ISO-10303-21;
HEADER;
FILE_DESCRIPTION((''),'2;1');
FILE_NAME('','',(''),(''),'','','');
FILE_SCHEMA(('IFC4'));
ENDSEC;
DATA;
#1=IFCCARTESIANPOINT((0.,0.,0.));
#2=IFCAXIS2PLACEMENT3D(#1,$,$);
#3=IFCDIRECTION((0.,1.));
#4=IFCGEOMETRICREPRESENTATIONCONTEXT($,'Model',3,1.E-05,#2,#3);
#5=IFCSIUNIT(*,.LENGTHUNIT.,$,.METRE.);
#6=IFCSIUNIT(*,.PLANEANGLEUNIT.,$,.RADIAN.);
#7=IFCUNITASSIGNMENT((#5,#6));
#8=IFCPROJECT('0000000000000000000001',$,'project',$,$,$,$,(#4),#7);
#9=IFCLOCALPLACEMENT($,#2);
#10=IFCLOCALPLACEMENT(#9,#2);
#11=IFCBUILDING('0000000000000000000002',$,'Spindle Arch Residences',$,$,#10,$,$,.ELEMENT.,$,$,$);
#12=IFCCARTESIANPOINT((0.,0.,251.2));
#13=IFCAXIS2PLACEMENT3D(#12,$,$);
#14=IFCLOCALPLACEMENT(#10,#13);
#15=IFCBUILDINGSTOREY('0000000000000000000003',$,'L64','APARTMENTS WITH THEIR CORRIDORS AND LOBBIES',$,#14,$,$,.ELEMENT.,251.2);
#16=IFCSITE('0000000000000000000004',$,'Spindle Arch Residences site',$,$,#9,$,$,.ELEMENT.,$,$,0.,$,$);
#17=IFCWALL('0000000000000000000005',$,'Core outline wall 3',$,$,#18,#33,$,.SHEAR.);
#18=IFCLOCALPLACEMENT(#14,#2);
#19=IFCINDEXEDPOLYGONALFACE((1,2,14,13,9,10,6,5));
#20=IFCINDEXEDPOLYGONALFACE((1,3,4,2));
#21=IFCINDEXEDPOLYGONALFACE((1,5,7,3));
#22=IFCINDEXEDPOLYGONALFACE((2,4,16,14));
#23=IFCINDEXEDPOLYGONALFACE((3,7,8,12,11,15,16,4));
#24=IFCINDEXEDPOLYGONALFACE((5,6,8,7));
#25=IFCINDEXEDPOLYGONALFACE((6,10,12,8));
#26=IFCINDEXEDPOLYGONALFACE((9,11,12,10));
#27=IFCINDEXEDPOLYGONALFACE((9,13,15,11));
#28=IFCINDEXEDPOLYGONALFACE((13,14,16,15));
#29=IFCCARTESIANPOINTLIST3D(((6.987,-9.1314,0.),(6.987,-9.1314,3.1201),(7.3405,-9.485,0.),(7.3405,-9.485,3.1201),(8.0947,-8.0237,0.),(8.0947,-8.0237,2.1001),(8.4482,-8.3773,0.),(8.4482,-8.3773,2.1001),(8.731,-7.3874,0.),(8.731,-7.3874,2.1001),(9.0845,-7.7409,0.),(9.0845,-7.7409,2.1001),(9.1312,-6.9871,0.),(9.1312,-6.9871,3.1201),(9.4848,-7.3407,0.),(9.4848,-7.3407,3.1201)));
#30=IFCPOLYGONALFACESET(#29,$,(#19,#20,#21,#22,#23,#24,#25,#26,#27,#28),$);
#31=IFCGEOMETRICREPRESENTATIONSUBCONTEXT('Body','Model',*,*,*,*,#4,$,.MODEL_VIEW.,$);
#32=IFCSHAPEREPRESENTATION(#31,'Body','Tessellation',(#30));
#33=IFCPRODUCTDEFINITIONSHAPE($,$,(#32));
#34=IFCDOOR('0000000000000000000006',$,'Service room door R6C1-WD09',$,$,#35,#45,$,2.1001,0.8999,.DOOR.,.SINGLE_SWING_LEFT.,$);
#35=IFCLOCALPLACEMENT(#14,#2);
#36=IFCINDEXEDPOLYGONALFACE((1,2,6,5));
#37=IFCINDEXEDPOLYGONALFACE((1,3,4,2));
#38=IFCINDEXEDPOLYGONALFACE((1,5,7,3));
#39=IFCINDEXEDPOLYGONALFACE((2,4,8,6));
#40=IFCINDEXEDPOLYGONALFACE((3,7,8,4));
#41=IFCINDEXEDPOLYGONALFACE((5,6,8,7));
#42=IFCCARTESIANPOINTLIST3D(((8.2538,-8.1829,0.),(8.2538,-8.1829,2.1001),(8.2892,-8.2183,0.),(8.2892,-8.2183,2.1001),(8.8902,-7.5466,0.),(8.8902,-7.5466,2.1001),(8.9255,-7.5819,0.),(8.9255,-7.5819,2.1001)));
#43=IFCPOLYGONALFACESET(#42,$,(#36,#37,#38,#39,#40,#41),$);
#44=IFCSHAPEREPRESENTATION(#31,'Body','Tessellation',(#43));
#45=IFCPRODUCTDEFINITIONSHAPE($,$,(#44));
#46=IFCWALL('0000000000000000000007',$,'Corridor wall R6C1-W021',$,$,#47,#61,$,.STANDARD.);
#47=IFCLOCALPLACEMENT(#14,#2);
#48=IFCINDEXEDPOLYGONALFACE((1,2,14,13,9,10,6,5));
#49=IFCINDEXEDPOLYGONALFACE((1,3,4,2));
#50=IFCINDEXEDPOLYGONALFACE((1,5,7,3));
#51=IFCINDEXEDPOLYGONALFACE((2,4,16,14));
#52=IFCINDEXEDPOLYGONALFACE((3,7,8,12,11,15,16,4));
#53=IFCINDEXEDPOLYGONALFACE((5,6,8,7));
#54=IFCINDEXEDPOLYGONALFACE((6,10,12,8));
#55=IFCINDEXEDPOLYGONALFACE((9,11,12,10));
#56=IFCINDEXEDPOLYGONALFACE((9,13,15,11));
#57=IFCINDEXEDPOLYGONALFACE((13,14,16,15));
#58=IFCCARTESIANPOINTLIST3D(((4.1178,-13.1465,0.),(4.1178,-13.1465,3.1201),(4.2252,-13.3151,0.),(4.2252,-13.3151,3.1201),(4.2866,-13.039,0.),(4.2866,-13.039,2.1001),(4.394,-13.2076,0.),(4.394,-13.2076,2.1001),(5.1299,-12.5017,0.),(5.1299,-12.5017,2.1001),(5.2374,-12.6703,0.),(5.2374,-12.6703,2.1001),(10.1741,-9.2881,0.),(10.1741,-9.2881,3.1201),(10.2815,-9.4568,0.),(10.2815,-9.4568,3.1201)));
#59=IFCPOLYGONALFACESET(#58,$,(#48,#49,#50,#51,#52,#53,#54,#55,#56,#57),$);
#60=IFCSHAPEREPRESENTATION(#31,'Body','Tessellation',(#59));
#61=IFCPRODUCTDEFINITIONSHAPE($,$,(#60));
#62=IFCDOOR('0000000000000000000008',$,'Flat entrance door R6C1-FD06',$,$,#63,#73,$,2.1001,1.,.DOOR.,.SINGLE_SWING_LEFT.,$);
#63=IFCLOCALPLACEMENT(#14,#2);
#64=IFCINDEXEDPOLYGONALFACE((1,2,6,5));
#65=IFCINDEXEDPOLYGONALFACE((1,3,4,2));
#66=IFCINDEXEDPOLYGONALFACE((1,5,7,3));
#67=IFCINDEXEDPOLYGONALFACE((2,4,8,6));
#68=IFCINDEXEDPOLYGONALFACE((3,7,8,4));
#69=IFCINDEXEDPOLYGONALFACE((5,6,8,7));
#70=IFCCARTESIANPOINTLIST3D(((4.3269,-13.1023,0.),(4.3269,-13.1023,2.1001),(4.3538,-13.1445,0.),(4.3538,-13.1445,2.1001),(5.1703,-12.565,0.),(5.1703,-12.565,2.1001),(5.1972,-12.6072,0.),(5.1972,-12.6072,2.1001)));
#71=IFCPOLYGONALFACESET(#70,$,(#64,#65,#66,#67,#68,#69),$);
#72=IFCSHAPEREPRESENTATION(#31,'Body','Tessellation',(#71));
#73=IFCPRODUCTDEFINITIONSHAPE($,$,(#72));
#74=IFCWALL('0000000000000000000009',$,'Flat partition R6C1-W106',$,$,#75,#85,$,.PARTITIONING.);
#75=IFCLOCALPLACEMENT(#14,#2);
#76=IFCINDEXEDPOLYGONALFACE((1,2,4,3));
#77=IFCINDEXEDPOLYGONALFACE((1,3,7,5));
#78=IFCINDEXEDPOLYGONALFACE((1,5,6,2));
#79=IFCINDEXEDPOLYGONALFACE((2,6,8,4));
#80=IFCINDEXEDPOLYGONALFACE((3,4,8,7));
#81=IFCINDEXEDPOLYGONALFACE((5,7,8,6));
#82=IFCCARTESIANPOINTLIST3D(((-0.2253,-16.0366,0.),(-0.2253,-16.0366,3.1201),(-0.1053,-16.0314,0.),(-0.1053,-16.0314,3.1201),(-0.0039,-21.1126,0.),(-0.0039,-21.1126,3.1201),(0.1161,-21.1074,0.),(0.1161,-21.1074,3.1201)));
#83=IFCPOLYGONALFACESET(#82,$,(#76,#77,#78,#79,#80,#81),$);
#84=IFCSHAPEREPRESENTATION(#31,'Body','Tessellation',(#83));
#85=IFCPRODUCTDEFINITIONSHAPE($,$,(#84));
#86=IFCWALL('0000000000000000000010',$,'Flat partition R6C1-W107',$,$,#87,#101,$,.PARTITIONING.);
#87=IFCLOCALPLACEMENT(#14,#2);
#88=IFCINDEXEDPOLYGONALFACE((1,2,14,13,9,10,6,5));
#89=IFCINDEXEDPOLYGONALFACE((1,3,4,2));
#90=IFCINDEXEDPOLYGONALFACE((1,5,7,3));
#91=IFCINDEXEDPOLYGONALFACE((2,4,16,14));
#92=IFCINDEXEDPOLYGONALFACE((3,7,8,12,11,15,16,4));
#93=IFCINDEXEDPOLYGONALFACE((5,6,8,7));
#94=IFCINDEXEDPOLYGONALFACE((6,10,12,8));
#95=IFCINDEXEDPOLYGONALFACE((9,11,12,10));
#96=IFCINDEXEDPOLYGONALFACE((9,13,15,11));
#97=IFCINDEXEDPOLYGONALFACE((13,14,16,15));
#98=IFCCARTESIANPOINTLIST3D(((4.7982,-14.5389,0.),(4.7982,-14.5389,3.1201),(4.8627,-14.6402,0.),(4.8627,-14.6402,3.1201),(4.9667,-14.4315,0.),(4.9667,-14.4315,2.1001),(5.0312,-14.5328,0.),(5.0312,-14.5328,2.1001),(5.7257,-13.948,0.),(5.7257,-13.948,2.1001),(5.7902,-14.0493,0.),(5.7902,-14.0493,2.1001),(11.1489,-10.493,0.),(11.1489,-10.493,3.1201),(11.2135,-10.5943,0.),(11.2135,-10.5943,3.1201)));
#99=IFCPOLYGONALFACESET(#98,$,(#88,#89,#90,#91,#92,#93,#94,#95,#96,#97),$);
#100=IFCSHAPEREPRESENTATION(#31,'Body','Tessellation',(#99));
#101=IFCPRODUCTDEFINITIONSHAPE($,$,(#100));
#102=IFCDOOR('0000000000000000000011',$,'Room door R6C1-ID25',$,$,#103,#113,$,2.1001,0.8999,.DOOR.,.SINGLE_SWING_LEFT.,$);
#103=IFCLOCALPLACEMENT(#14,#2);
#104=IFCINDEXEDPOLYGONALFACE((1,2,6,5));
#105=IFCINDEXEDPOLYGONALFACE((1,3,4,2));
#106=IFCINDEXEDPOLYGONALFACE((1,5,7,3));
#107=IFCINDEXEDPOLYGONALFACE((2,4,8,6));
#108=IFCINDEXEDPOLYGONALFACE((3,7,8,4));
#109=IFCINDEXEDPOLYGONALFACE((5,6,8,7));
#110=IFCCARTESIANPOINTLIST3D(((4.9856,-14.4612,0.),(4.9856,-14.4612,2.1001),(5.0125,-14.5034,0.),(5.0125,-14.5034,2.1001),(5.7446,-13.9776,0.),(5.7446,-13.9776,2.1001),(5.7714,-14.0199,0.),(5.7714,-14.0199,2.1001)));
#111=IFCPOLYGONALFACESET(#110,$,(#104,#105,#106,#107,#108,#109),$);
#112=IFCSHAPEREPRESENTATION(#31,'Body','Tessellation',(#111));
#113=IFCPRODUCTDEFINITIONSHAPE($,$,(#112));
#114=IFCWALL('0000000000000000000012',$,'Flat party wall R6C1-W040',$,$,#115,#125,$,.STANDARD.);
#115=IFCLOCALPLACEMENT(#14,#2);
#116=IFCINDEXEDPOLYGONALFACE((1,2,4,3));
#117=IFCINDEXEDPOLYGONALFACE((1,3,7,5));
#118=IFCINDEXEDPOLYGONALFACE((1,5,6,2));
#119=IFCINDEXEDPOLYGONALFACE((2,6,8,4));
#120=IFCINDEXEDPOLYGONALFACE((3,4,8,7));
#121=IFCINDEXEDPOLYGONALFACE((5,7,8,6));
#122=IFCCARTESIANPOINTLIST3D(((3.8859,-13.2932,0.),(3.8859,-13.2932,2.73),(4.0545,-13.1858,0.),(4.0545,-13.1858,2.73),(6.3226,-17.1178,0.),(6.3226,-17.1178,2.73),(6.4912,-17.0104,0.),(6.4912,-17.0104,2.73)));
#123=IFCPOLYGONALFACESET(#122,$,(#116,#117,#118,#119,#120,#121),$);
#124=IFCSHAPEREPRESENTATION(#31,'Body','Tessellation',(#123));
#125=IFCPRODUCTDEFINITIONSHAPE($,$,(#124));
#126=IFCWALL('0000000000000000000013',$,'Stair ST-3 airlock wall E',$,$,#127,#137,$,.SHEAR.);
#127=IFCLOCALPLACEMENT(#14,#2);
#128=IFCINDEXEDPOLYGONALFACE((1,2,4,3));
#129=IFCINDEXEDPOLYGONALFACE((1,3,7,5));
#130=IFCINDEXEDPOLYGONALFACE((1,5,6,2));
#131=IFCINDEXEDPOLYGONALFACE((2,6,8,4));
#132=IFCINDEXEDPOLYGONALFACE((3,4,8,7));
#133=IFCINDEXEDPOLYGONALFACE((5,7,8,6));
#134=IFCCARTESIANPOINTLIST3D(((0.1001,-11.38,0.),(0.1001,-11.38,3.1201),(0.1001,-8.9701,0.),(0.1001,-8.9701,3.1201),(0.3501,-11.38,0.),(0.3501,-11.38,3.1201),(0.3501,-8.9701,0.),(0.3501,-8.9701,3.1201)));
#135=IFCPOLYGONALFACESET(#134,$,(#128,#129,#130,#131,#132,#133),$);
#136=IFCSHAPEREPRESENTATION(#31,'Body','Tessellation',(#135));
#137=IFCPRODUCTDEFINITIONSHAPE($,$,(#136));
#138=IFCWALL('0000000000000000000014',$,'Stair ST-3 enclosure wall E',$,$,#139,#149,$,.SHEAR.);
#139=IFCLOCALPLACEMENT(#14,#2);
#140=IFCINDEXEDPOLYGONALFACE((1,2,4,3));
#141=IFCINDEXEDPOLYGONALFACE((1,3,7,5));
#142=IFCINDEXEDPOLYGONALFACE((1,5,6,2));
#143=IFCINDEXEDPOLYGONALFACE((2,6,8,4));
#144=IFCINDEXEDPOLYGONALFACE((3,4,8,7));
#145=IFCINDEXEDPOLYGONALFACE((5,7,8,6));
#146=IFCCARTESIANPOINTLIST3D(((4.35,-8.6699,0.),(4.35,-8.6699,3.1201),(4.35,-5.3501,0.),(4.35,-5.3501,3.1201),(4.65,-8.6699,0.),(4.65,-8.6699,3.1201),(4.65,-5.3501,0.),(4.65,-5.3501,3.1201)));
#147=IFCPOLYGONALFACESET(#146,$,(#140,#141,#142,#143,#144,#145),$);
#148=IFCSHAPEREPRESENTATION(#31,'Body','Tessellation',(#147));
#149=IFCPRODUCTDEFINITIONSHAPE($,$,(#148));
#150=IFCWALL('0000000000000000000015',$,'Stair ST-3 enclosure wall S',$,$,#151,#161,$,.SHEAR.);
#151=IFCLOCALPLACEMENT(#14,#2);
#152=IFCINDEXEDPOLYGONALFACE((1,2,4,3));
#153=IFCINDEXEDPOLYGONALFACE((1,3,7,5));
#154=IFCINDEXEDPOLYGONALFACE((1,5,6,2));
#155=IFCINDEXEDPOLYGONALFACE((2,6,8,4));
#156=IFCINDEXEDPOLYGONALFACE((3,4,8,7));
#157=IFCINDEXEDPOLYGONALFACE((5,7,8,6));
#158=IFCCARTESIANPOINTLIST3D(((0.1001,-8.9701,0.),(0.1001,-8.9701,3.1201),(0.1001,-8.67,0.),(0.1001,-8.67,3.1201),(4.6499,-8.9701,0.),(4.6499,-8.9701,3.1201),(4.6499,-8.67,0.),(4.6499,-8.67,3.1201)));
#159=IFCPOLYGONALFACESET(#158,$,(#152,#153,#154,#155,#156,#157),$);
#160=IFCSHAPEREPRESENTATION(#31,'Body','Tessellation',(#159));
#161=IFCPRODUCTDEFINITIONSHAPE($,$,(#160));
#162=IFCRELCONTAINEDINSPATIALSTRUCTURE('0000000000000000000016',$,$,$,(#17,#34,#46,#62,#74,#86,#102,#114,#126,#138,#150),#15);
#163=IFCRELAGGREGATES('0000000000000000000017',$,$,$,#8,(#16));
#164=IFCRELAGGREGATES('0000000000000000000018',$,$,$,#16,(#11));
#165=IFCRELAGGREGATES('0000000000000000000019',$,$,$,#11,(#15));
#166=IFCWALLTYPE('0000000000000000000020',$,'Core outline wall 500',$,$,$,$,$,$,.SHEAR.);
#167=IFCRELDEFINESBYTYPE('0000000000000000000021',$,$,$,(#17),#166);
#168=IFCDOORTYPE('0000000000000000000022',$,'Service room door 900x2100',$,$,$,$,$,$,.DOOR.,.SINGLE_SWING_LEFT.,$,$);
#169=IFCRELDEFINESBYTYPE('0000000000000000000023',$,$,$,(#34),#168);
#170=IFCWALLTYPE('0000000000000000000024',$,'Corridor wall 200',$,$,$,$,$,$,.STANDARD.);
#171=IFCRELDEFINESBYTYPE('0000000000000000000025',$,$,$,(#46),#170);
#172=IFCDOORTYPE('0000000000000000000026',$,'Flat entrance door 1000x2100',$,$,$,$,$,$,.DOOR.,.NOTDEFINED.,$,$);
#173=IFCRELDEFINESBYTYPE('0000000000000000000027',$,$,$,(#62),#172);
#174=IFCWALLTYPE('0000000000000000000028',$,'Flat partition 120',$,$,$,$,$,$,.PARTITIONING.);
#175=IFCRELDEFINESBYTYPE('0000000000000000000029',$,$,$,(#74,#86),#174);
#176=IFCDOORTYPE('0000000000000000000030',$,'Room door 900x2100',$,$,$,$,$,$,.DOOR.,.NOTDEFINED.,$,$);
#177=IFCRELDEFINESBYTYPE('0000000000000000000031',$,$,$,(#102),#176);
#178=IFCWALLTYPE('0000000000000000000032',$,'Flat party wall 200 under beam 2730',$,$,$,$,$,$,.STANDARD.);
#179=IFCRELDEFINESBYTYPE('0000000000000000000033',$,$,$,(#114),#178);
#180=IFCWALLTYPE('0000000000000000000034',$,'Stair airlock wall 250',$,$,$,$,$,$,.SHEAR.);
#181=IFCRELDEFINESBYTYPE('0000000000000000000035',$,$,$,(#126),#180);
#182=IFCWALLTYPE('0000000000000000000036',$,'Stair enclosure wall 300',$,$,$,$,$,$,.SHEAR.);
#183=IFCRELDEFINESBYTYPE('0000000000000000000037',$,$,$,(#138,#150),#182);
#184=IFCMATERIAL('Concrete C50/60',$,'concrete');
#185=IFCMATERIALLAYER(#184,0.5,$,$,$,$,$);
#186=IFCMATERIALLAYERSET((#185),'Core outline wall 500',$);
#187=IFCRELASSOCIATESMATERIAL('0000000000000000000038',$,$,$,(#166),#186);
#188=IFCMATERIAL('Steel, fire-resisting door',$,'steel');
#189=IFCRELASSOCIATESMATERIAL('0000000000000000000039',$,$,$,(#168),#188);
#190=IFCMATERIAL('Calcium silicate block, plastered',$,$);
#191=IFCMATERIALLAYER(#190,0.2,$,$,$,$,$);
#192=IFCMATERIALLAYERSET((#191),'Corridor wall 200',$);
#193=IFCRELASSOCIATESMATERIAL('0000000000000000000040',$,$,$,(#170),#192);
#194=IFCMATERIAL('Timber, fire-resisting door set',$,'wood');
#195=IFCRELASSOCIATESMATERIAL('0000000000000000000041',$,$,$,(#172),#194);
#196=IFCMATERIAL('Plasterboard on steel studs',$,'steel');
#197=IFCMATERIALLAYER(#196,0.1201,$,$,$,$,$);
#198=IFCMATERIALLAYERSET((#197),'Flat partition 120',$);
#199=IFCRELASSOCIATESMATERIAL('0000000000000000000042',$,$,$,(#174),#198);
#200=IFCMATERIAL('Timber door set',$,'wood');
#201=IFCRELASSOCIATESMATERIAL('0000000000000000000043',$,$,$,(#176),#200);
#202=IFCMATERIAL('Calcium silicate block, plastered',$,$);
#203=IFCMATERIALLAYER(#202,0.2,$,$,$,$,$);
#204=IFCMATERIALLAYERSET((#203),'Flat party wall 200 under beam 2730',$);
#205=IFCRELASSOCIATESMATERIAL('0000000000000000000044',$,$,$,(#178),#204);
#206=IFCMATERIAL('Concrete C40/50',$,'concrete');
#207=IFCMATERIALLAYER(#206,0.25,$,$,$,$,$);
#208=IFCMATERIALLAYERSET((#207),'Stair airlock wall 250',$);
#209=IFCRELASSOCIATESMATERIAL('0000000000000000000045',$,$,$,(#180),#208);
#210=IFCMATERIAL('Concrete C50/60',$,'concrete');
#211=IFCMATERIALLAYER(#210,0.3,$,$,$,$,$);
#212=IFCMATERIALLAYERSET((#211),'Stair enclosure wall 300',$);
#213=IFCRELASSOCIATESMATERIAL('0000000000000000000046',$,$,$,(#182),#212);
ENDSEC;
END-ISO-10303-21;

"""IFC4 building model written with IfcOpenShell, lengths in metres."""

from ifc_helpers import new_model, si_unit, direction, frame, frame_2d, origin, place, context, subcontext, project, spatial, rectangle, extrude, material, layer, layer_set, type_object, element, fill, save


model = new_model("IFC4")

# Units and contexts
model_context = context("Model", 3, precision=1e-05, world=origin(), true_north=direction((0.0, 1.0)))
body_context = subcontext(model_context, "Body", "Model", "MODEL_VIEW")
ifc_project = project(units=[si_unit("LENGTHUNIT", "METRE"), si_unit("PLANEANGLEUNIT", "RADIAN")], contexts=[model_context])

# Site, building, storey
site_placement = place(None, origin())
site = spatial("IfcSite", under=ifc_project, at=site_placement, Name="Spindle Arch Residences site", CompositionType="ELEMENT", RefElevation=0.0)
building_placement = place(site_placement, origin())
building = spatial("IfcBuilding", under=site, at=building_placement, Name="Spindle Arch Residences", CompositionType="ELEMENT")
storey_placement = place(building_placement, frame((0.0, 0.0, 251.2)))
storey = spatial("IfcBuildingStorey", under=building, at=storey_placement, Name="L64", Description="APARTMENTS WITH THEIR CORRIDORS AND LOBBIES", CompositionType="ELEMENT", Elevation=251.2)

# Shared definitions
ifc_material_1 = material(Name="Concrete C50/60", Category="concrete")
ifc_layer_1 = layer(ifc_material_1, 0.5)
ifc_layer_set_1 = layer_set([ifc_layer_1], Name="Core outline wall 500")
wall_type_1 = type_object("IfcWallType", Name="Core outline wall 500", PredefinedType="SHEAR", material=ifc_layer_set_1)

# Walls, openings, doors
ifc_material_2 = material(Name="Steel, fire-resisting door", Category="steel")
door_type_1 = type_object("IfcDoorType", Name="Service room door 900x2100", OperationType="SINGLE_SWING_LEFT", PredefinedType="DOOR", material=ifc_material_2)
wall_1_placement = place(storey_placement, frame((7.1638, -9.3081, 0.0), z_axis=(0.0, 0.0, 1.0), x_axis=(0.707107, 0.707107, 0.0)))
wall_1 = element("IfcWall", 1, at=wall_1_placement, inside=storey, type_object=wall_type_1, Name="Core outline wall 3", PredefinedType="SHEAR", context=body_context, shape_type="SweptSolid", body=[
    extrude(rectangle(XDim=3.0325, YDim=0.5, at=frame_2d((1.5161, 0.0))), origin(), (0.0, 0.0, 1.0), 3.1201),
])
opening_1_placement = place(wall_1_placement, frame((1.5664, 0.0, 0.0)))
opening_1 = element("IfcOpeningElement", 2, at=opening_1_placement, cuts=wall_1, PredefinedType="OPENING", context=body_context, shape_type="SweptSolid", body=[
    extrude(rectangle(XDim=0.8999, YDim=2.1001, at=frame_2d((0.45, 1.05))), frame((0.0, 0.26, 0.0), z_axis=(0.0, -1.0, 0.0), x_axis=(1.0, 0.0, 0.0)), (0.0, 0.0, 1.0), 0.52),
])
door_1_placement = place(opening_1_placement, origin())
door_1 = element("IfcDoor", 3, at=door_1_placement, inside=storey, type_object=door_type_1, Name="Service room door R6C1-WD09", OperationType="SINGLE_SWING_LEFT", OverallHeight=2.1001, OverallWidth=0.8999, PredefinedType="DOOR", context=body_context, shape_type="SweptSolid", body=[
    extrude(rectangle(XDim=0.8999, YDim=2.1001, at=frame_2d((0.45, 1.05))), frame((0.0, 0.0249, 0.0), z_axis=(0.0, -1.0, 0.0), x_axis=(1.0, 0.0, 0.0)), (0.0, 0.0, 1.0), 0.05),
])
fill(opening_1, door_1)
ifc_material_3 = material(Name="Calcium silicate block, plastered")
ifc_layer_2 = layer(ifc_material_3, 0.2)
ifc_layer_set_2 = layer_set([ifc_layer_2], Name="Corridor wall 200")
wall_type_2 = type_object("IfcWallType", Name="Corridor wall 200", PredefinedType="STANDARD", material=ifc_layer_set_2)
wall_2_placement = place(storey_placement, frame((4.1716, -13.2307, 0.0), z_axis=(0.0, 0.0, 1.0), x_axis=(0.843388, 0.537304, 0.0)))
wall_2 = element("IfcWall", 4, at=wall_2_placement, inside=storey, type_object=wall_type_2, Name="Corridor wall R6C1-W021", PredefinedType="STANDARD", context=body_context, shape_type="SweptSolid", body=[
    extrude(rectangle(XDim=7.1809, YDim=0.2, at=frame_2d((3.5903, 0.0))), origin(), (0.0, 0.0, 1.0), 3.1201),
])
opening_2_placement = place(wall_2_placement, frame((0.2, 0.0, 0.0)))
opening_2 = element("IfcOpeningElement", 5, at=opening_2_placement, cuts=wall_2, PredefinedType="OPENING", context=body_context, shape_type="SweptSolid", body=[
    extrude(rectangle(XDim=1.0, YDim=2.1001, at=frame_2d((0.5, 1.05))), frame((0.0, 0.1099, 0.0), z_axis=(0.0, -1.0, 0.0), x_axis=(1.0, 0.0, 0.0)), (0.0, 0.0, 1.0), 0.22),
])
ifc_material_4 = material(Name="Timber, fire-resisting door set", Category="wood")
door_type_2 = type_object("IfcDoorType", Name="Flat entrance door 1000x2100", OperationType="NOTDEFINED", PredefinedType="DOOR", material=ifc_material_4)
door_2_placement = place(opening_2_placement, origin())
door_2 = element("IfcDoor", 6, at=door_2_placement, inside=storey, type_object=door_type_2, Name="Flat entrance door R6C1-FD06", OperationType="SINGLE_SWING_LEFT", OverallHeight=2.1001, OverallWidth=1.0, PredefinedType="DOOR", context=body_context, shape_type="SweptSolid", body=[
    extrude(rectangle(XDim=1.0, YDim=2.1001, at=frame_2d((0.5, 1.05))), frame((0.0, 0.0249, 0.0), z_axis=(0.0, -1.0, 0.0), x_axis=(1.0, 0.0, 0.0)), (0.0, 0.0, 1.0), 0.05),
])
fill(opening_2, door_2)

# Wall
ifc_material_5 = material(Name="Plasterboard on steel studs", Category="steel")
ifc_layer_3 = layer(ifc_material_5, 0.1201)
ifc_layer_set_3 = layer_set([ifc_layer_3], Name="Flat partition 120")
wall_type_3 = type_object("IfcWallType", Name="Flat partition 120", PredefinedType="PARTITIONING", material=ifc_layer_set_3)
wall_3_placement = place(storey_placement, frame((0.0562, -21.1101, 0.0), z_axis=(0.0, 0.0, 1.0), x_axis=(-0.043583, 0.99905, 0.0)))
element("IfcWall", 7, at=wall_3_placement, inside=storey, type_object=wall_type_3, Name="Flat partition R6C1-W106", PredefinedType="PARTITIONING", context=body_context, shape_type="SweptSolid", body=[
    extrude(rectangle(XDim=5.0808, YDim=0.1201, at=frame_2d((2.5405, 0.0))), origin(), (0.0, 0.0, 1.0), 3.1201),
])

# Wall, opening, door
wall_4_placement = place(storey_placement, frame((4.8303, -14.5896, 0.0), z_axis=(0.0, 0.0, 1.0), x_axis=(0.843393, 0.537297, 0.0)))
wall_4 = element("IfcWall", 8, at=wall_4_placement, inside=storey, type_object=wall_type_3, Name="Flat partition R6C1-W107", PredefinedType="PARTITIONING", context=body_context, shape_type="SweptSolid", body=[
    extrude(rectangle(XDim=7.53, YDim=0.1201, at=frame_2d((3.7651, 0.0))), origin(), (0.0, 0.0, 1.0), 3.1201),
])
opening_3_placement = place(wall_4_placement, frame((0.2, 0.0, 0.0)))
opening_3 = element("IfcOpeningElement", 9, at=opening_3_placement, cuts=wall_4, PredefinedType="OPENING", context=body_context, shape_type="SweptSolid", body=[
    extrude(rectangle(XDim=0.8999, YDim=2.1001, at=frame_2d((0.45, 1.05))), frame((0.0, 0.0701, 0.0), z_axis=(0.0, -1.0, 0.0), x_axis=(1.0, 0.0, 0.0)), (0.0, 0.0, 1.0), 0.1401),
])
ifc_material_6 = material(Name="Timber door set", Category="wood")
door_type_3 = type_object("IfcDoorType", Name="Room door 900x2100", OperationType="NOTDEFINED", PredefinedType="DOOR", material=ifc_material_6)
door_3_placement = place(opening_3_placement, origin())
door_3 = element("IfcDoor", 10, at=door_3_placement, inside=storey, type_object=door_type_3, Name="Room door R6C1-ID25", OperationType="SINGLE_SWING_LEFT", OverallHeight=2.1001, OverallWidth=0.8999, PredefinedType="DOOR", context=body_context, shape_type="SweptSolid", body=[
    extrude(rectangle(XDim=0.8999, YDim=2.1001, at=frame_2d((0.45, 1.05))), frame((0.0, 0.0249, 0.0), z_axis=(0.0, -1.0, 0.0), x_axis=(1.0, 0.0, 0.0)), (0.0, 0.0, 1.0), 0.05),
])
fill(opening_3, door_3)

# Walls
ifc_material_7 = material(Name="Calcium silicate block, plastered")
ifc_layer_4 = layer(ifc_material_7, 0.2)
ifc_layer_set_4 = layer_set([ifc_layer_4], Name="Flat party wall 200 under beam 2730")
wall_type_4 = type_object("IfcWallType", Name="Flat party wall 200 under beam 2730", PredefinedType="STANDARD", material=ifc_layer_set_4)
wall_5_placement = place(storey_placement, frame((6.407, -17.0642, 0.0), z_axis=(0.0, 0.0, 1.0), x_axis=(-0.537325, 0.843375, 0.0)))
element("IfcWall", 11, at=wall_5_placement, inside=storey, type_object=wall_type_4, Name="Flat party wall R6C1-W040", PredefinedType="STANDARD", context=body_context, shape_type="SweptSolid", body=[
    extrude(rectangle(XDim=4.5349, YDim=0.2, at=frame_2d((2.2676, 0.0))), origin(), (0.0, 0.0, 1.0), 2.73),
])
ifc_material_8 = material(Name="Concrete C40/50", Category="concrete")
ifc_layer_5 = layer(ifc_material_8, 0.25)
ifc_layer_set_5 = layer_set([ifc_layer_5], Name="Stair airlock wall 250")
wall_type_5 = type_object("IfcWallType", Name="Stair airlock wall 250", PredefinedType="SHEAR", material=ifc_layer_set_5)
wall_6_placement = place(storey_placement, frame((0.2251, -8.97, 0.0), z_axis=(0.0, 0.0, 1.0), x_axis=(0.0, -1.0, 0.0)))
element("IfcWall", 12, at=wall_6_placement, inside=storey, type_object=wall_type_5, Name="Stair ST-3 airlock wall E", PredefinedType="SHEAR", context=body_context, shape_type="SweptSolid", body=[
    extrude(rectangle(XDim=2.4099, YDim=0.25, at=frame_2d((1.2051, 0.0))), origin(), (0.0, 0.0, 1.0), 3.1201),
])
ifc_material_9 = material(Name="Concrete C50/60", Category="concrete")
ifc_layer_6 = layer(ifc_material_9, 0.3)
ifc_layer_set_6 = layer_set([ifc_layer_6], Name="Stair enclosure wall 300")
wall_type_6 = type_object("IfcWallType", Name="Stair enclosure wall 300", PredefinedType="SHEAR", material=ifc_layer_set_6)
wall_7_placement = place(storey_placement, frame((4.5, -8.6699, 0.0), z_axis=(0.0, 0.0, 1.0), x_axis=(0.0, 1.0, 0.0)))
element("IfcWall", 13, at=wall_7_placement, inside=storey, type_object=wall_type_6, Name="Stair ST-3 enclosure wall E", PredefinedType="SHEAR", context=body_context, shape_type="SweptSolid", body=[
    extrude(rectangle(XDim=3.3198, YDim=0.3, at=frame_2d((1.6599, 0.0))), origin(), (0.0, 0.0, 1.0), 3.1201),
])
wall_8_placement = place(storey_placement, frame((0.1001, -8.8201, 0.0), z_axis=(0.0, 0.0, 1.0), x_axis=(1.0, 0.0, 0.0)))
element("IfcWall", 14, at=wall_8_placement, inside=storey, type_object=wall_type_6, Name="Stair ST-3 enclosure wall S", PredefinedType="SHEAR", context=body_context, shape_type="SweptSolid", body=[
    extrude(rectangle(XDim=4.5498, YDim=0.3, at=frame_2d((2.2749, 0.0))), origin(), (0.0, 0.0, 1.0), 3.1201),
])

save(model, "model.ifc")
